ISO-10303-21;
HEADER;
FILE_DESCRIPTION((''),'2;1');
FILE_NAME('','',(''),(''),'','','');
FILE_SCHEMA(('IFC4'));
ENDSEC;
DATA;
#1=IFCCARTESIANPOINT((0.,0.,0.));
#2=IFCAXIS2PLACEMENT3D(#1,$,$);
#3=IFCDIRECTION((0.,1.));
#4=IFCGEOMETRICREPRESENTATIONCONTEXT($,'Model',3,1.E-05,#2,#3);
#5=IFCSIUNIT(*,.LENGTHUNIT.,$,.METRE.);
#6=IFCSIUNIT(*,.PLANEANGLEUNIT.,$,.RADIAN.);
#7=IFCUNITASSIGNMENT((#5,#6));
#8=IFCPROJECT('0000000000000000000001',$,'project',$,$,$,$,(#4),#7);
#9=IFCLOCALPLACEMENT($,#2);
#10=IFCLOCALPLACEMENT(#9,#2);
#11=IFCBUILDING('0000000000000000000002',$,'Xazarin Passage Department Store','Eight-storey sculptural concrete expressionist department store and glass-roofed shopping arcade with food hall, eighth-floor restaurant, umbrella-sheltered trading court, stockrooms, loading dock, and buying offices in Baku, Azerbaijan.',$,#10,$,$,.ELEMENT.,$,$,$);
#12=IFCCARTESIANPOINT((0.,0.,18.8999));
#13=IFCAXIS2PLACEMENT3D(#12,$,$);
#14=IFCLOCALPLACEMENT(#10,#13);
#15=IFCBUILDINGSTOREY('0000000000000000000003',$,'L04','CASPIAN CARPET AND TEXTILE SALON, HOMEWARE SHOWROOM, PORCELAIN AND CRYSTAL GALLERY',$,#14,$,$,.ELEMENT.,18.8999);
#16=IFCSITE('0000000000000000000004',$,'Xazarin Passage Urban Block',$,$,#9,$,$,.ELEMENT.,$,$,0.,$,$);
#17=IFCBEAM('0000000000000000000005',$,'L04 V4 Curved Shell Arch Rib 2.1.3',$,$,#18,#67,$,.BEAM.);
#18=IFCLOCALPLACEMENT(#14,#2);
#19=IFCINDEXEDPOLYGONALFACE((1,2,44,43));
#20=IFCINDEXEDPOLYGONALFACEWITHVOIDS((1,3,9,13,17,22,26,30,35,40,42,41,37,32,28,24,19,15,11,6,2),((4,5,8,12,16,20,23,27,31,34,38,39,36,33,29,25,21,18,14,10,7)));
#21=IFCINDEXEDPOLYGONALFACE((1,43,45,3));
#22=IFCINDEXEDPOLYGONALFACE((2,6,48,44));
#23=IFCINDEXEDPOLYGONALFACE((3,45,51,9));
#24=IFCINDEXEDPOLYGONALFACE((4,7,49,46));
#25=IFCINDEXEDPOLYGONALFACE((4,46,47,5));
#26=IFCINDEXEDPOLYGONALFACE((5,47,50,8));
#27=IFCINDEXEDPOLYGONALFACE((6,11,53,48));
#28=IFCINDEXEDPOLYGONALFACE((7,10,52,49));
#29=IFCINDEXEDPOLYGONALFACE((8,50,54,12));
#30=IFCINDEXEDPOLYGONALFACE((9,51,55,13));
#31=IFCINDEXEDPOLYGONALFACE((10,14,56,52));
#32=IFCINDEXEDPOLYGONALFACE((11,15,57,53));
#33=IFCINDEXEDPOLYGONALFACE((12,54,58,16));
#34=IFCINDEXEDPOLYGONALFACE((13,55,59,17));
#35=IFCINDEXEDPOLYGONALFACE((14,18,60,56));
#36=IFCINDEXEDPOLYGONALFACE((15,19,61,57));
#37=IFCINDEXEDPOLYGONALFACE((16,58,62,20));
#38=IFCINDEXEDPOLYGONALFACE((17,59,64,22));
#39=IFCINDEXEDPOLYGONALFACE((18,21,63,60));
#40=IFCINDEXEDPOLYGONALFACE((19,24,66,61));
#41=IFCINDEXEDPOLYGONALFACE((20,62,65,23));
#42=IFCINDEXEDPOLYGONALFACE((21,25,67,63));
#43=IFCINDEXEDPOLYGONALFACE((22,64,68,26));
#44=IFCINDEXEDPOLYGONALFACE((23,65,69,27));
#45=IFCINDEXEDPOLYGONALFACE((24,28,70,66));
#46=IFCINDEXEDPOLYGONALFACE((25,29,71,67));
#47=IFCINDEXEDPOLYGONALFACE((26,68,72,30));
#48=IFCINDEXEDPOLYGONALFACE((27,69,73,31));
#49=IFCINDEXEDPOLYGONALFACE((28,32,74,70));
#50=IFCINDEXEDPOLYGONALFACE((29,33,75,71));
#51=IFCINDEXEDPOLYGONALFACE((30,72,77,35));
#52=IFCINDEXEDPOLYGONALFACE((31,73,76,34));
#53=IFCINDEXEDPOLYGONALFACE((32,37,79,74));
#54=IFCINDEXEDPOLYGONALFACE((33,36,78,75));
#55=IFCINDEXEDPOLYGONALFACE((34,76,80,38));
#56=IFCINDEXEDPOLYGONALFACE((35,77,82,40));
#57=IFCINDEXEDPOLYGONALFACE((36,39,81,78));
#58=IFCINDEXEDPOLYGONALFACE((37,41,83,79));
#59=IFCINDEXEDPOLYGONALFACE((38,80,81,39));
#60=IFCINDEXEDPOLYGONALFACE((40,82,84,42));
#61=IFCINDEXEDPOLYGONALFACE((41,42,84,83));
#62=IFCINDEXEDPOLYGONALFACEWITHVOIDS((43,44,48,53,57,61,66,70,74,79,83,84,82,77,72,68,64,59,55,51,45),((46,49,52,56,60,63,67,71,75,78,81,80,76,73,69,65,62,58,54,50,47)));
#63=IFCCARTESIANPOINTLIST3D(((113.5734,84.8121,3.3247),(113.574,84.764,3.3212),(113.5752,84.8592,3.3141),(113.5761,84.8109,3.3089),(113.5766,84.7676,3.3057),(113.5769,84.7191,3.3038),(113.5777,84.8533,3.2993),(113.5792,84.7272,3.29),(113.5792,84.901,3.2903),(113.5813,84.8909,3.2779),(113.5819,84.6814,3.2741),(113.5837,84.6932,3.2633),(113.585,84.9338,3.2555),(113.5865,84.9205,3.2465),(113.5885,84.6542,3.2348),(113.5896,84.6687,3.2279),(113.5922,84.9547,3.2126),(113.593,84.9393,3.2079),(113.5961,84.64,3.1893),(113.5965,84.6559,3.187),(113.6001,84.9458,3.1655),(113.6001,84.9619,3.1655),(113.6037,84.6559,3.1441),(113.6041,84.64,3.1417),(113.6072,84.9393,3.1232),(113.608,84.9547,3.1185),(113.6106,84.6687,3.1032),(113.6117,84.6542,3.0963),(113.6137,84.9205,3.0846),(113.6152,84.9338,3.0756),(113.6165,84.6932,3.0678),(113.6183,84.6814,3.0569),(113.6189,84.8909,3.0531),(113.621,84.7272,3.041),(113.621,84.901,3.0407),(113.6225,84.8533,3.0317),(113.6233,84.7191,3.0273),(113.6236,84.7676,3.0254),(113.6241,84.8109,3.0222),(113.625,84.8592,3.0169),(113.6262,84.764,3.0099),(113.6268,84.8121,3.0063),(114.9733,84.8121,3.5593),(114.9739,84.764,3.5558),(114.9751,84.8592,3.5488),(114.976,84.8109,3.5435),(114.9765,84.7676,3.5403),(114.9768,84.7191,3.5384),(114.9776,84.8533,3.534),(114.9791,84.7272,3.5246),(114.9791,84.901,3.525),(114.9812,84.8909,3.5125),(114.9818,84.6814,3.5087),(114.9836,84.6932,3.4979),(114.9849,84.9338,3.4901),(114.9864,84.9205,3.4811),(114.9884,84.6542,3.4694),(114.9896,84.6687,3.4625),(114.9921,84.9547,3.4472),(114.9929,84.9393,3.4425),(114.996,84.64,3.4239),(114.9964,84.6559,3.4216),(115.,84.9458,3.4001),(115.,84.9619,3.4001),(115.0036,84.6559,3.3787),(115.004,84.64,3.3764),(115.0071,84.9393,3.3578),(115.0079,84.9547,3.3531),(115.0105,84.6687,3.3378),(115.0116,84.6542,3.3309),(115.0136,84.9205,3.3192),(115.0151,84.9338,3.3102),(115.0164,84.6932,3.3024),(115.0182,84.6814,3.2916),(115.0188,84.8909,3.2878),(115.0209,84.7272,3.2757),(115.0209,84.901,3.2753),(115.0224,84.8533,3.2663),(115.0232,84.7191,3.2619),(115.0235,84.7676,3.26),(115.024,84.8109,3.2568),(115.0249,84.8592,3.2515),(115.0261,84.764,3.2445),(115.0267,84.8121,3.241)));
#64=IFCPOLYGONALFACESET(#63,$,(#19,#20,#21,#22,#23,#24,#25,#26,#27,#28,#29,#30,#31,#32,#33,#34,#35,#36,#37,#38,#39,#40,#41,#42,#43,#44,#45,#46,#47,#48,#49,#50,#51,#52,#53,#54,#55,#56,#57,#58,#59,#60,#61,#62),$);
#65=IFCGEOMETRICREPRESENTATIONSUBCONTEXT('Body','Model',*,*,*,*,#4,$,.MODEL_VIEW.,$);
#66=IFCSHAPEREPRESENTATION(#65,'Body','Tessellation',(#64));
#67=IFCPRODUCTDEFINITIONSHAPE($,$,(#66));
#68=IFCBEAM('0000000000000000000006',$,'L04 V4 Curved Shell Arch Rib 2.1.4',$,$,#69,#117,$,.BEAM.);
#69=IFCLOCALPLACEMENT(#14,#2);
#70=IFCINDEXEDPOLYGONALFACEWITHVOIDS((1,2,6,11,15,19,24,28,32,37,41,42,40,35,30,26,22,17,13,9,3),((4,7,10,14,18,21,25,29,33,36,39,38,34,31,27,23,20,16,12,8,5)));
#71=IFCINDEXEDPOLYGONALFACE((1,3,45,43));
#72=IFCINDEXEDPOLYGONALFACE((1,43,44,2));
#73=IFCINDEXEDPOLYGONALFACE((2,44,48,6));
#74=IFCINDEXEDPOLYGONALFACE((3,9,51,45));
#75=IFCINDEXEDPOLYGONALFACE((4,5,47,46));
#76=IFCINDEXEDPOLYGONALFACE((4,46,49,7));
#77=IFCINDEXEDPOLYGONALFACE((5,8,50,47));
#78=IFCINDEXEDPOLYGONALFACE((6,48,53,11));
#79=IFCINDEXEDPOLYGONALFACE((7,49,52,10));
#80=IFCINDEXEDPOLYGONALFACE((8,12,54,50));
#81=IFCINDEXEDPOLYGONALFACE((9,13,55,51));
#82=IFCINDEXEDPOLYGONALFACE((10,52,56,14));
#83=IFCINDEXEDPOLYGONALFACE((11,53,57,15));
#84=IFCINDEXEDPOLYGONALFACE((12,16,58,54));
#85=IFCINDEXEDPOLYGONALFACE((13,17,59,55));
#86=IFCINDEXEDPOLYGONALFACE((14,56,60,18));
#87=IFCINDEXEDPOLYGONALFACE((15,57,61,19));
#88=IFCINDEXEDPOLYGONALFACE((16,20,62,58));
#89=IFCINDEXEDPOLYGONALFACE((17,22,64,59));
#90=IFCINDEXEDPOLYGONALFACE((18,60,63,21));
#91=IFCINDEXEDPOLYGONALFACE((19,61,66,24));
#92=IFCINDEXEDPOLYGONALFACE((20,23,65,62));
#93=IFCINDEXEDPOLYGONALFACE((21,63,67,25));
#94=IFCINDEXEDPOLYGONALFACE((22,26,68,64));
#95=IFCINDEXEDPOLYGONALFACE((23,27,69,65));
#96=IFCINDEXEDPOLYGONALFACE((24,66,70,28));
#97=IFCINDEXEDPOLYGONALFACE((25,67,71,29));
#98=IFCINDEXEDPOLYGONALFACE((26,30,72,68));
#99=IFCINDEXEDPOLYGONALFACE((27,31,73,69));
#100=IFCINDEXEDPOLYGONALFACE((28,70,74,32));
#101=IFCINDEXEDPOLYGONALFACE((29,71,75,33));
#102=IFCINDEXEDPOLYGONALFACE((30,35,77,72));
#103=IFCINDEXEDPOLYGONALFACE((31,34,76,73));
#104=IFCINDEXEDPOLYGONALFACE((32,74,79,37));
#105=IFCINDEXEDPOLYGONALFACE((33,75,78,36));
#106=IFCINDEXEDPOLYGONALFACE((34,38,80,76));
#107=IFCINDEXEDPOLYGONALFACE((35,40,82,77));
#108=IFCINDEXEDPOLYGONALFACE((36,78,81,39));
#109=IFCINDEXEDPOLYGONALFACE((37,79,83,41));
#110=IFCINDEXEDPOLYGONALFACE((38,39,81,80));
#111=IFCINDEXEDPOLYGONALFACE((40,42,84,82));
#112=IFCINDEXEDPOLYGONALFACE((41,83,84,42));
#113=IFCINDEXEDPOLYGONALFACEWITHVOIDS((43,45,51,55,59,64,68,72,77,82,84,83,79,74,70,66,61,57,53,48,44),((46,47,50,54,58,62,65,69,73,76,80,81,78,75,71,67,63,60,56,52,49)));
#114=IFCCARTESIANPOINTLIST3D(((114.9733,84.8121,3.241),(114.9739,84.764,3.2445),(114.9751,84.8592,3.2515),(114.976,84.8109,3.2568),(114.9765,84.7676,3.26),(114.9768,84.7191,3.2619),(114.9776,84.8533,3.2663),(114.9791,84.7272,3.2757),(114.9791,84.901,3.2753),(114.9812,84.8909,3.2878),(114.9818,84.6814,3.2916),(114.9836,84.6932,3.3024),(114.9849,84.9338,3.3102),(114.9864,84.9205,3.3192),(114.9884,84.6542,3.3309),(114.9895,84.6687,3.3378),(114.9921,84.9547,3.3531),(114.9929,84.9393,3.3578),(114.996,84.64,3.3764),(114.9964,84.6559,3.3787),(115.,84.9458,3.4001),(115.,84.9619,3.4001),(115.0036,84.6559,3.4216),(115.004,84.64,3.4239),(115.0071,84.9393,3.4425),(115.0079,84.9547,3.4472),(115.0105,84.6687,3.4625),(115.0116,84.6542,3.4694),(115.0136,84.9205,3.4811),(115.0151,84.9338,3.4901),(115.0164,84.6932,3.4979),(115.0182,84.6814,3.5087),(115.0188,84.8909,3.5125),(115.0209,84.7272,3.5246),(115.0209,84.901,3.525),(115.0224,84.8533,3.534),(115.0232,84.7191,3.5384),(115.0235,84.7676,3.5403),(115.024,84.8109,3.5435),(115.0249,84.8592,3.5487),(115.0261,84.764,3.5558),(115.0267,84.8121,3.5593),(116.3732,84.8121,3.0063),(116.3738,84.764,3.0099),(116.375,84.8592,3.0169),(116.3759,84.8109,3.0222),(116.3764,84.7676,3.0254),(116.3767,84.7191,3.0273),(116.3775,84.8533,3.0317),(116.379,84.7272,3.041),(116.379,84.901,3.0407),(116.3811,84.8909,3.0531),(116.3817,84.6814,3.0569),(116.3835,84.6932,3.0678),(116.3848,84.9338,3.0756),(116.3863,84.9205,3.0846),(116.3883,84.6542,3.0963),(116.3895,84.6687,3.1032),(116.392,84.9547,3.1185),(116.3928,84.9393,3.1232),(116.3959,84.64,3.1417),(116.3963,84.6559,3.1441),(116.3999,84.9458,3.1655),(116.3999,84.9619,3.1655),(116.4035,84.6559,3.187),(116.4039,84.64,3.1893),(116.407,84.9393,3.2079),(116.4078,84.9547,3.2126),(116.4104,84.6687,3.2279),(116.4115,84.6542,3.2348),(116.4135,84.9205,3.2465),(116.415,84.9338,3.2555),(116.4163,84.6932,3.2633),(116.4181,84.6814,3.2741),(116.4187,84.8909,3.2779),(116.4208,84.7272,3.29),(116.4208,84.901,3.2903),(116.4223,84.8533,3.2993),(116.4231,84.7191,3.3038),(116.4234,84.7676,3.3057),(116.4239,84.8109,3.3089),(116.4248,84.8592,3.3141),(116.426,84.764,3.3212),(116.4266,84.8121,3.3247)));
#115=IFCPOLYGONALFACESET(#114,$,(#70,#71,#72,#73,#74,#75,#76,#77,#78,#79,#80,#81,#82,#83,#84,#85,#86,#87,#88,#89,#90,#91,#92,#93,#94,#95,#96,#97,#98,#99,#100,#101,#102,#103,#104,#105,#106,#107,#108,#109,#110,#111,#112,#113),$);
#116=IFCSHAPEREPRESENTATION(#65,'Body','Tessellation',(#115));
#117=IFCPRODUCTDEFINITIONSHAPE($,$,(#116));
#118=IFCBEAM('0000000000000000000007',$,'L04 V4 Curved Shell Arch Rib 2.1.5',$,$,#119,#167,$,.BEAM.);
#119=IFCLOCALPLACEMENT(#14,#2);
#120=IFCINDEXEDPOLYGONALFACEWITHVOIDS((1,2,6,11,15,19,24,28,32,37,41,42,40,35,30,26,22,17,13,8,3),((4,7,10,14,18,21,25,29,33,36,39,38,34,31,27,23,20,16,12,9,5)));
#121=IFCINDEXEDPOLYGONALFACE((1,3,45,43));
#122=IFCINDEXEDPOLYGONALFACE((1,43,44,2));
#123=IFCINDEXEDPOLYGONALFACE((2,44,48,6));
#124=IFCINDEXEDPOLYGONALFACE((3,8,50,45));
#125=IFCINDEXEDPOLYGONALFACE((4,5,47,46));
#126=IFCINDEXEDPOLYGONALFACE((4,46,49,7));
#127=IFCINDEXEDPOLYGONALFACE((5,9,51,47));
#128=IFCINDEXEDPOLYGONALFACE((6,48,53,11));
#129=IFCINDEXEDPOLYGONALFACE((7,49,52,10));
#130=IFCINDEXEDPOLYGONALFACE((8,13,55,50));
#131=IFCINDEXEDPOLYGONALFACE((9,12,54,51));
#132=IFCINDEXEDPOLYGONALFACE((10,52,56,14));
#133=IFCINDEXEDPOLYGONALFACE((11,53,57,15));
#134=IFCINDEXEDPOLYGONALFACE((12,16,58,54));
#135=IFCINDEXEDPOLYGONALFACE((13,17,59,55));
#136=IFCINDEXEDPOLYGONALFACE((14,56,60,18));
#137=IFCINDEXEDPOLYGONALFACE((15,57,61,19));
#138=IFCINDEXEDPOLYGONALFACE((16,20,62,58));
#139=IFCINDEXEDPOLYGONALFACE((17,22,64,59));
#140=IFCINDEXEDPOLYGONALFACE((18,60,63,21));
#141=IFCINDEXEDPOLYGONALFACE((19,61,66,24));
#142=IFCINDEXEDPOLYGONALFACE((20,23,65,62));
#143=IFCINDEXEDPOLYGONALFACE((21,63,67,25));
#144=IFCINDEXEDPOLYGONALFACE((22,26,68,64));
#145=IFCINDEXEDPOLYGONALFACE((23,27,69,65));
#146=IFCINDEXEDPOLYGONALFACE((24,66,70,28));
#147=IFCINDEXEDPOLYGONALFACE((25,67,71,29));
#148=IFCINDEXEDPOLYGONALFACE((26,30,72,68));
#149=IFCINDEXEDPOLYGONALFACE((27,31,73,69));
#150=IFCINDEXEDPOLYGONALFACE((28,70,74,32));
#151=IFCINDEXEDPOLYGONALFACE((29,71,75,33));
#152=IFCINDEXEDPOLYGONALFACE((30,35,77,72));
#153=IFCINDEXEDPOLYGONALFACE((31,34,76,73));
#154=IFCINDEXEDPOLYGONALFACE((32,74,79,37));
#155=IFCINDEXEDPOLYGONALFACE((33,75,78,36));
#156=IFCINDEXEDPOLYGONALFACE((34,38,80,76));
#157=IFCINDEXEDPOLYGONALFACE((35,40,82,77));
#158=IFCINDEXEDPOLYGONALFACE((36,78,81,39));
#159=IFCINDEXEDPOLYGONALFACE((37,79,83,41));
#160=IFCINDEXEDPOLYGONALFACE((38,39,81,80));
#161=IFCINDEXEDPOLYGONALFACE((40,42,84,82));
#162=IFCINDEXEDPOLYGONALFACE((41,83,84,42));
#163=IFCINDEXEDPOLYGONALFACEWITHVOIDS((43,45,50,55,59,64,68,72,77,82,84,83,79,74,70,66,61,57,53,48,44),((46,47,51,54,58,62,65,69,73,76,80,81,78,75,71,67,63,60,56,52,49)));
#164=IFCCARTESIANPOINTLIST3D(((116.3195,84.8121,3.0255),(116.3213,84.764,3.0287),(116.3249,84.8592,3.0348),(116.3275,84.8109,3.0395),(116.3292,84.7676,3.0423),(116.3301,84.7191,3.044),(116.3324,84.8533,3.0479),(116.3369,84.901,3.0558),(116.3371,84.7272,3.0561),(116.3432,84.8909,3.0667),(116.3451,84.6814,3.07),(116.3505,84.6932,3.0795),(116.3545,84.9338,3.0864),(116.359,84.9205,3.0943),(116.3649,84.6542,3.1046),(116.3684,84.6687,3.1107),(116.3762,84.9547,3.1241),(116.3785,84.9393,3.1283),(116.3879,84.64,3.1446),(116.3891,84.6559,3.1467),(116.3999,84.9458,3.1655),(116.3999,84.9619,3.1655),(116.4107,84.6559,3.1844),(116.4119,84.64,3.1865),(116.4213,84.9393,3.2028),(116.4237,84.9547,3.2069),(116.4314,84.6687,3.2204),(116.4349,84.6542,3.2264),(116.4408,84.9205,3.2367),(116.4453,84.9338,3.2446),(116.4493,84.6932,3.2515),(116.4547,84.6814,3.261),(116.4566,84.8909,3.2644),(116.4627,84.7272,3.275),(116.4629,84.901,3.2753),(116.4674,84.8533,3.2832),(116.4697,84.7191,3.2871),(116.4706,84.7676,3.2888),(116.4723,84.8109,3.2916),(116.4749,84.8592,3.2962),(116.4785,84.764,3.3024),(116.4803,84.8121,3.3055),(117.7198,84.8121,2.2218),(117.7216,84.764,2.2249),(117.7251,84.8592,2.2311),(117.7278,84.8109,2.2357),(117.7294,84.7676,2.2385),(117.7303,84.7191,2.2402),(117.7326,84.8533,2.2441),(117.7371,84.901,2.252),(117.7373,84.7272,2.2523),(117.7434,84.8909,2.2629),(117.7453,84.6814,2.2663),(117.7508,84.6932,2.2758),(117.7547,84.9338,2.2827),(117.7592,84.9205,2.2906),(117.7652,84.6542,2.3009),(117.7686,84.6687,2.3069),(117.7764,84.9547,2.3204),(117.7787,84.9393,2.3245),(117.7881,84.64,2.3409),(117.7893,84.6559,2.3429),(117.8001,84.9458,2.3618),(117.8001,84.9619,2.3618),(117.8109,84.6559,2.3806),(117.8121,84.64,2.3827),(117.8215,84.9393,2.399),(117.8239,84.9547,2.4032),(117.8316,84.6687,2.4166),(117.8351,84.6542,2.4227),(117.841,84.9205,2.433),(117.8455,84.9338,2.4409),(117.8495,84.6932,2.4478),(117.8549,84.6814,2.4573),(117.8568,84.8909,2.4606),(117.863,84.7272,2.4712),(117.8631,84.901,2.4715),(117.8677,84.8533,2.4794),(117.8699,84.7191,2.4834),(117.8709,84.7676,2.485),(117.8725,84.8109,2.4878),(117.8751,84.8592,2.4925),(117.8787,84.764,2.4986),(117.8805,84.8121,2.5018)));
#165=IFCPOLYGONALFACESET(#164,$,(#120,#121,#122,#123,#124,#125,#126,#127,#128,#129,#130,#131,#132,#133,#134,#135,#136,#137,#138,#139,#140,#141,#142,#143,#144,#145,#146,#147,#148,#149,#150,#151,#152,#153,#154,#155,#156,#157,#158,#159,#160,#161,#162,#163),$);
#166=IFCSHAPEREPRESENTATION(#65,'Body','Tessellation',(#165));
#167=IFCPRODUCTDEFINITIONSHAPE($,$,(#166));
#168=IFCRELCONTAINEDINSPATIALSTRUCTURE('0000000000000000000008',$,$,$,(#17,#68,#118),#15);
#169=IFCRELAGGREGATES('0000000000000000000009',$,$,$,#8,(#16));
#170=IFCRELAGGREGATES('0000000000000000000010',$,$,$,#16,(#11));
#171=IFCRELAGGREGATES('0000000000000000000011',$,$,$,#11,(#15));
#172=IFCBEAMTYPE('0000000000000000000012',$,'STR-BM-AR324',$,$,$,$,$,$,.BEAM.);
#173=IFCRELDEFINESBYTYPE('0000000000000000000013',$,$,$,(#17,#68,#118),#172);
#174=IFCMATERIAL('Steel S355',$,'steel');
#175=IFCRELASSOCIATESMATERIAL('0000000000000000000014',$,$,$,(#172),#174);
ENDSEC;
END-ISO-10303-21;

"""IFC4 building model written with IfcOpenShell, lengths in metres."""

from ifc_helpers import new_model, si_unit, direction, frame, origin, origin_2d, place, context, subcontext, project, spatial, hollow_circle, extrude, material, material_profile, profile_set, type_object, element, save


model = new_model("IFC4")

# Units and contexts
model_context = context("Model", 3, precision=1e-05, world=origin(), true_north=direction((0.0, 1.0)))
body_context = subcontext(model_context, "Body", "Model", "MODEL_VIEW")
ifc_project = project(units=[si_unit("LENGTHUNIT", "METRE"), si_unit("PLANEANGLEUNIT", "RADIAN")], contexts=[model_context])

# Site, building, storey
site_placement = place(None, origin())
site = spatial("IfcSite", under=ifc_project, at=site_placement, Name="Xazarin Passage Urban Block", CompositionType="ELEMENT", RefElevation=0.0)
building_placement = place(site_placement, origin())
building = spatial("IfcBuilding", under=site, at=building_placement, Name="Xazarin Passage Department Store", Description="Eight-storey sculptural concrete expressionist department store and glass-roofed shopping arcade with food hall, eighth-floor restaurant, umbrella-sheltered trading court, stockrooms, loading dock, and buying offices in Baku, Azerbaijan.", CompositionType="ELEMENT")
storey_placement = place(building_placement, frame((0.0, 0.0, 18.8999)))
storey = spatial("IfcBuildingStorey", under=building, at=storey_placement, Name="L04", Description="CASPIAN CARPET AND TEXTILE SALON, HOMEWARE SHOWROOM, PORCELAIN AND CRYSTAL GALLERY", CompositionType="ELEMENT", Elevation=18.8999)

# Beams
ifc_material_1 = material(Name="Steel S355", Category="steel")
ifc_material_profile_1 = material_profile(ifc_material_1, hollow_circle(Radius=0.1619, WallThickness=0.0161, at=origin_2d()), Name="CHS 323.9x16")
ifc_profile_set_1 = profile_set([ifc_material_profile_1], Name="Steel S355")
beam_type_1 = type_object("IfcBeamType", Name="STR-BM-AR324", PredefinedType="BEAM", material=ifc_profile_set_1)
for number, where, z_axis, x_axis, name in (
    (1, (113.6001, 84.8, 3.1655), (0.986245, 0.0, 0.165291), (0.0, 1.0, 0.0), "L04 V4 Curved Shell Arch Rib 2.1.3"),
    (2, (115.0, 84.8, 3.4001), (0.986245, 0.0, -0.165291), (0.0, 1.0, 0.0), "L04 V4 Curved Shell Arch Rib 2.1.4"),
):
    element("IfcBeam", number, at=place(storey_placement, frame(where, z_axis=z_axis, x_axis=x_axis)), inside=storey, type_object=beam_type_1, Name=name, PredefinedType="BEAM", context=body_context, shape_type="SweptSolid", body=[
        extrude(hollow_circle(Radius=0.1619, WallThickness=0.0161, at=origin_2d()), origin(), (0.0, 0.0, 1.0), 1.4194),
    ])
beam_1_placement = place(storey_placement, frame((116.3999, 84.8, 3.1655), z_axis=(0.867274, 0.0, -0.497832), x_axis=(0.0, 1.0, 0.0)))
element("IfcBeam", 3, at=beam_1_placement, inside=storey, type_object=beam_type_1, Name="L04 V4 Curved Shell Arch Rib 2.1.5", PredefinedType="BEAM", context=body_context, shape_type="SweptSolid", body=[
    extrude(hollow_circle(Radius=0.1619, WallThickness=0.0161, at=origin_2d()), origin(), (0.0, 0.0, 1.0), 1.6145),
])

save(model, "model.ifc")
